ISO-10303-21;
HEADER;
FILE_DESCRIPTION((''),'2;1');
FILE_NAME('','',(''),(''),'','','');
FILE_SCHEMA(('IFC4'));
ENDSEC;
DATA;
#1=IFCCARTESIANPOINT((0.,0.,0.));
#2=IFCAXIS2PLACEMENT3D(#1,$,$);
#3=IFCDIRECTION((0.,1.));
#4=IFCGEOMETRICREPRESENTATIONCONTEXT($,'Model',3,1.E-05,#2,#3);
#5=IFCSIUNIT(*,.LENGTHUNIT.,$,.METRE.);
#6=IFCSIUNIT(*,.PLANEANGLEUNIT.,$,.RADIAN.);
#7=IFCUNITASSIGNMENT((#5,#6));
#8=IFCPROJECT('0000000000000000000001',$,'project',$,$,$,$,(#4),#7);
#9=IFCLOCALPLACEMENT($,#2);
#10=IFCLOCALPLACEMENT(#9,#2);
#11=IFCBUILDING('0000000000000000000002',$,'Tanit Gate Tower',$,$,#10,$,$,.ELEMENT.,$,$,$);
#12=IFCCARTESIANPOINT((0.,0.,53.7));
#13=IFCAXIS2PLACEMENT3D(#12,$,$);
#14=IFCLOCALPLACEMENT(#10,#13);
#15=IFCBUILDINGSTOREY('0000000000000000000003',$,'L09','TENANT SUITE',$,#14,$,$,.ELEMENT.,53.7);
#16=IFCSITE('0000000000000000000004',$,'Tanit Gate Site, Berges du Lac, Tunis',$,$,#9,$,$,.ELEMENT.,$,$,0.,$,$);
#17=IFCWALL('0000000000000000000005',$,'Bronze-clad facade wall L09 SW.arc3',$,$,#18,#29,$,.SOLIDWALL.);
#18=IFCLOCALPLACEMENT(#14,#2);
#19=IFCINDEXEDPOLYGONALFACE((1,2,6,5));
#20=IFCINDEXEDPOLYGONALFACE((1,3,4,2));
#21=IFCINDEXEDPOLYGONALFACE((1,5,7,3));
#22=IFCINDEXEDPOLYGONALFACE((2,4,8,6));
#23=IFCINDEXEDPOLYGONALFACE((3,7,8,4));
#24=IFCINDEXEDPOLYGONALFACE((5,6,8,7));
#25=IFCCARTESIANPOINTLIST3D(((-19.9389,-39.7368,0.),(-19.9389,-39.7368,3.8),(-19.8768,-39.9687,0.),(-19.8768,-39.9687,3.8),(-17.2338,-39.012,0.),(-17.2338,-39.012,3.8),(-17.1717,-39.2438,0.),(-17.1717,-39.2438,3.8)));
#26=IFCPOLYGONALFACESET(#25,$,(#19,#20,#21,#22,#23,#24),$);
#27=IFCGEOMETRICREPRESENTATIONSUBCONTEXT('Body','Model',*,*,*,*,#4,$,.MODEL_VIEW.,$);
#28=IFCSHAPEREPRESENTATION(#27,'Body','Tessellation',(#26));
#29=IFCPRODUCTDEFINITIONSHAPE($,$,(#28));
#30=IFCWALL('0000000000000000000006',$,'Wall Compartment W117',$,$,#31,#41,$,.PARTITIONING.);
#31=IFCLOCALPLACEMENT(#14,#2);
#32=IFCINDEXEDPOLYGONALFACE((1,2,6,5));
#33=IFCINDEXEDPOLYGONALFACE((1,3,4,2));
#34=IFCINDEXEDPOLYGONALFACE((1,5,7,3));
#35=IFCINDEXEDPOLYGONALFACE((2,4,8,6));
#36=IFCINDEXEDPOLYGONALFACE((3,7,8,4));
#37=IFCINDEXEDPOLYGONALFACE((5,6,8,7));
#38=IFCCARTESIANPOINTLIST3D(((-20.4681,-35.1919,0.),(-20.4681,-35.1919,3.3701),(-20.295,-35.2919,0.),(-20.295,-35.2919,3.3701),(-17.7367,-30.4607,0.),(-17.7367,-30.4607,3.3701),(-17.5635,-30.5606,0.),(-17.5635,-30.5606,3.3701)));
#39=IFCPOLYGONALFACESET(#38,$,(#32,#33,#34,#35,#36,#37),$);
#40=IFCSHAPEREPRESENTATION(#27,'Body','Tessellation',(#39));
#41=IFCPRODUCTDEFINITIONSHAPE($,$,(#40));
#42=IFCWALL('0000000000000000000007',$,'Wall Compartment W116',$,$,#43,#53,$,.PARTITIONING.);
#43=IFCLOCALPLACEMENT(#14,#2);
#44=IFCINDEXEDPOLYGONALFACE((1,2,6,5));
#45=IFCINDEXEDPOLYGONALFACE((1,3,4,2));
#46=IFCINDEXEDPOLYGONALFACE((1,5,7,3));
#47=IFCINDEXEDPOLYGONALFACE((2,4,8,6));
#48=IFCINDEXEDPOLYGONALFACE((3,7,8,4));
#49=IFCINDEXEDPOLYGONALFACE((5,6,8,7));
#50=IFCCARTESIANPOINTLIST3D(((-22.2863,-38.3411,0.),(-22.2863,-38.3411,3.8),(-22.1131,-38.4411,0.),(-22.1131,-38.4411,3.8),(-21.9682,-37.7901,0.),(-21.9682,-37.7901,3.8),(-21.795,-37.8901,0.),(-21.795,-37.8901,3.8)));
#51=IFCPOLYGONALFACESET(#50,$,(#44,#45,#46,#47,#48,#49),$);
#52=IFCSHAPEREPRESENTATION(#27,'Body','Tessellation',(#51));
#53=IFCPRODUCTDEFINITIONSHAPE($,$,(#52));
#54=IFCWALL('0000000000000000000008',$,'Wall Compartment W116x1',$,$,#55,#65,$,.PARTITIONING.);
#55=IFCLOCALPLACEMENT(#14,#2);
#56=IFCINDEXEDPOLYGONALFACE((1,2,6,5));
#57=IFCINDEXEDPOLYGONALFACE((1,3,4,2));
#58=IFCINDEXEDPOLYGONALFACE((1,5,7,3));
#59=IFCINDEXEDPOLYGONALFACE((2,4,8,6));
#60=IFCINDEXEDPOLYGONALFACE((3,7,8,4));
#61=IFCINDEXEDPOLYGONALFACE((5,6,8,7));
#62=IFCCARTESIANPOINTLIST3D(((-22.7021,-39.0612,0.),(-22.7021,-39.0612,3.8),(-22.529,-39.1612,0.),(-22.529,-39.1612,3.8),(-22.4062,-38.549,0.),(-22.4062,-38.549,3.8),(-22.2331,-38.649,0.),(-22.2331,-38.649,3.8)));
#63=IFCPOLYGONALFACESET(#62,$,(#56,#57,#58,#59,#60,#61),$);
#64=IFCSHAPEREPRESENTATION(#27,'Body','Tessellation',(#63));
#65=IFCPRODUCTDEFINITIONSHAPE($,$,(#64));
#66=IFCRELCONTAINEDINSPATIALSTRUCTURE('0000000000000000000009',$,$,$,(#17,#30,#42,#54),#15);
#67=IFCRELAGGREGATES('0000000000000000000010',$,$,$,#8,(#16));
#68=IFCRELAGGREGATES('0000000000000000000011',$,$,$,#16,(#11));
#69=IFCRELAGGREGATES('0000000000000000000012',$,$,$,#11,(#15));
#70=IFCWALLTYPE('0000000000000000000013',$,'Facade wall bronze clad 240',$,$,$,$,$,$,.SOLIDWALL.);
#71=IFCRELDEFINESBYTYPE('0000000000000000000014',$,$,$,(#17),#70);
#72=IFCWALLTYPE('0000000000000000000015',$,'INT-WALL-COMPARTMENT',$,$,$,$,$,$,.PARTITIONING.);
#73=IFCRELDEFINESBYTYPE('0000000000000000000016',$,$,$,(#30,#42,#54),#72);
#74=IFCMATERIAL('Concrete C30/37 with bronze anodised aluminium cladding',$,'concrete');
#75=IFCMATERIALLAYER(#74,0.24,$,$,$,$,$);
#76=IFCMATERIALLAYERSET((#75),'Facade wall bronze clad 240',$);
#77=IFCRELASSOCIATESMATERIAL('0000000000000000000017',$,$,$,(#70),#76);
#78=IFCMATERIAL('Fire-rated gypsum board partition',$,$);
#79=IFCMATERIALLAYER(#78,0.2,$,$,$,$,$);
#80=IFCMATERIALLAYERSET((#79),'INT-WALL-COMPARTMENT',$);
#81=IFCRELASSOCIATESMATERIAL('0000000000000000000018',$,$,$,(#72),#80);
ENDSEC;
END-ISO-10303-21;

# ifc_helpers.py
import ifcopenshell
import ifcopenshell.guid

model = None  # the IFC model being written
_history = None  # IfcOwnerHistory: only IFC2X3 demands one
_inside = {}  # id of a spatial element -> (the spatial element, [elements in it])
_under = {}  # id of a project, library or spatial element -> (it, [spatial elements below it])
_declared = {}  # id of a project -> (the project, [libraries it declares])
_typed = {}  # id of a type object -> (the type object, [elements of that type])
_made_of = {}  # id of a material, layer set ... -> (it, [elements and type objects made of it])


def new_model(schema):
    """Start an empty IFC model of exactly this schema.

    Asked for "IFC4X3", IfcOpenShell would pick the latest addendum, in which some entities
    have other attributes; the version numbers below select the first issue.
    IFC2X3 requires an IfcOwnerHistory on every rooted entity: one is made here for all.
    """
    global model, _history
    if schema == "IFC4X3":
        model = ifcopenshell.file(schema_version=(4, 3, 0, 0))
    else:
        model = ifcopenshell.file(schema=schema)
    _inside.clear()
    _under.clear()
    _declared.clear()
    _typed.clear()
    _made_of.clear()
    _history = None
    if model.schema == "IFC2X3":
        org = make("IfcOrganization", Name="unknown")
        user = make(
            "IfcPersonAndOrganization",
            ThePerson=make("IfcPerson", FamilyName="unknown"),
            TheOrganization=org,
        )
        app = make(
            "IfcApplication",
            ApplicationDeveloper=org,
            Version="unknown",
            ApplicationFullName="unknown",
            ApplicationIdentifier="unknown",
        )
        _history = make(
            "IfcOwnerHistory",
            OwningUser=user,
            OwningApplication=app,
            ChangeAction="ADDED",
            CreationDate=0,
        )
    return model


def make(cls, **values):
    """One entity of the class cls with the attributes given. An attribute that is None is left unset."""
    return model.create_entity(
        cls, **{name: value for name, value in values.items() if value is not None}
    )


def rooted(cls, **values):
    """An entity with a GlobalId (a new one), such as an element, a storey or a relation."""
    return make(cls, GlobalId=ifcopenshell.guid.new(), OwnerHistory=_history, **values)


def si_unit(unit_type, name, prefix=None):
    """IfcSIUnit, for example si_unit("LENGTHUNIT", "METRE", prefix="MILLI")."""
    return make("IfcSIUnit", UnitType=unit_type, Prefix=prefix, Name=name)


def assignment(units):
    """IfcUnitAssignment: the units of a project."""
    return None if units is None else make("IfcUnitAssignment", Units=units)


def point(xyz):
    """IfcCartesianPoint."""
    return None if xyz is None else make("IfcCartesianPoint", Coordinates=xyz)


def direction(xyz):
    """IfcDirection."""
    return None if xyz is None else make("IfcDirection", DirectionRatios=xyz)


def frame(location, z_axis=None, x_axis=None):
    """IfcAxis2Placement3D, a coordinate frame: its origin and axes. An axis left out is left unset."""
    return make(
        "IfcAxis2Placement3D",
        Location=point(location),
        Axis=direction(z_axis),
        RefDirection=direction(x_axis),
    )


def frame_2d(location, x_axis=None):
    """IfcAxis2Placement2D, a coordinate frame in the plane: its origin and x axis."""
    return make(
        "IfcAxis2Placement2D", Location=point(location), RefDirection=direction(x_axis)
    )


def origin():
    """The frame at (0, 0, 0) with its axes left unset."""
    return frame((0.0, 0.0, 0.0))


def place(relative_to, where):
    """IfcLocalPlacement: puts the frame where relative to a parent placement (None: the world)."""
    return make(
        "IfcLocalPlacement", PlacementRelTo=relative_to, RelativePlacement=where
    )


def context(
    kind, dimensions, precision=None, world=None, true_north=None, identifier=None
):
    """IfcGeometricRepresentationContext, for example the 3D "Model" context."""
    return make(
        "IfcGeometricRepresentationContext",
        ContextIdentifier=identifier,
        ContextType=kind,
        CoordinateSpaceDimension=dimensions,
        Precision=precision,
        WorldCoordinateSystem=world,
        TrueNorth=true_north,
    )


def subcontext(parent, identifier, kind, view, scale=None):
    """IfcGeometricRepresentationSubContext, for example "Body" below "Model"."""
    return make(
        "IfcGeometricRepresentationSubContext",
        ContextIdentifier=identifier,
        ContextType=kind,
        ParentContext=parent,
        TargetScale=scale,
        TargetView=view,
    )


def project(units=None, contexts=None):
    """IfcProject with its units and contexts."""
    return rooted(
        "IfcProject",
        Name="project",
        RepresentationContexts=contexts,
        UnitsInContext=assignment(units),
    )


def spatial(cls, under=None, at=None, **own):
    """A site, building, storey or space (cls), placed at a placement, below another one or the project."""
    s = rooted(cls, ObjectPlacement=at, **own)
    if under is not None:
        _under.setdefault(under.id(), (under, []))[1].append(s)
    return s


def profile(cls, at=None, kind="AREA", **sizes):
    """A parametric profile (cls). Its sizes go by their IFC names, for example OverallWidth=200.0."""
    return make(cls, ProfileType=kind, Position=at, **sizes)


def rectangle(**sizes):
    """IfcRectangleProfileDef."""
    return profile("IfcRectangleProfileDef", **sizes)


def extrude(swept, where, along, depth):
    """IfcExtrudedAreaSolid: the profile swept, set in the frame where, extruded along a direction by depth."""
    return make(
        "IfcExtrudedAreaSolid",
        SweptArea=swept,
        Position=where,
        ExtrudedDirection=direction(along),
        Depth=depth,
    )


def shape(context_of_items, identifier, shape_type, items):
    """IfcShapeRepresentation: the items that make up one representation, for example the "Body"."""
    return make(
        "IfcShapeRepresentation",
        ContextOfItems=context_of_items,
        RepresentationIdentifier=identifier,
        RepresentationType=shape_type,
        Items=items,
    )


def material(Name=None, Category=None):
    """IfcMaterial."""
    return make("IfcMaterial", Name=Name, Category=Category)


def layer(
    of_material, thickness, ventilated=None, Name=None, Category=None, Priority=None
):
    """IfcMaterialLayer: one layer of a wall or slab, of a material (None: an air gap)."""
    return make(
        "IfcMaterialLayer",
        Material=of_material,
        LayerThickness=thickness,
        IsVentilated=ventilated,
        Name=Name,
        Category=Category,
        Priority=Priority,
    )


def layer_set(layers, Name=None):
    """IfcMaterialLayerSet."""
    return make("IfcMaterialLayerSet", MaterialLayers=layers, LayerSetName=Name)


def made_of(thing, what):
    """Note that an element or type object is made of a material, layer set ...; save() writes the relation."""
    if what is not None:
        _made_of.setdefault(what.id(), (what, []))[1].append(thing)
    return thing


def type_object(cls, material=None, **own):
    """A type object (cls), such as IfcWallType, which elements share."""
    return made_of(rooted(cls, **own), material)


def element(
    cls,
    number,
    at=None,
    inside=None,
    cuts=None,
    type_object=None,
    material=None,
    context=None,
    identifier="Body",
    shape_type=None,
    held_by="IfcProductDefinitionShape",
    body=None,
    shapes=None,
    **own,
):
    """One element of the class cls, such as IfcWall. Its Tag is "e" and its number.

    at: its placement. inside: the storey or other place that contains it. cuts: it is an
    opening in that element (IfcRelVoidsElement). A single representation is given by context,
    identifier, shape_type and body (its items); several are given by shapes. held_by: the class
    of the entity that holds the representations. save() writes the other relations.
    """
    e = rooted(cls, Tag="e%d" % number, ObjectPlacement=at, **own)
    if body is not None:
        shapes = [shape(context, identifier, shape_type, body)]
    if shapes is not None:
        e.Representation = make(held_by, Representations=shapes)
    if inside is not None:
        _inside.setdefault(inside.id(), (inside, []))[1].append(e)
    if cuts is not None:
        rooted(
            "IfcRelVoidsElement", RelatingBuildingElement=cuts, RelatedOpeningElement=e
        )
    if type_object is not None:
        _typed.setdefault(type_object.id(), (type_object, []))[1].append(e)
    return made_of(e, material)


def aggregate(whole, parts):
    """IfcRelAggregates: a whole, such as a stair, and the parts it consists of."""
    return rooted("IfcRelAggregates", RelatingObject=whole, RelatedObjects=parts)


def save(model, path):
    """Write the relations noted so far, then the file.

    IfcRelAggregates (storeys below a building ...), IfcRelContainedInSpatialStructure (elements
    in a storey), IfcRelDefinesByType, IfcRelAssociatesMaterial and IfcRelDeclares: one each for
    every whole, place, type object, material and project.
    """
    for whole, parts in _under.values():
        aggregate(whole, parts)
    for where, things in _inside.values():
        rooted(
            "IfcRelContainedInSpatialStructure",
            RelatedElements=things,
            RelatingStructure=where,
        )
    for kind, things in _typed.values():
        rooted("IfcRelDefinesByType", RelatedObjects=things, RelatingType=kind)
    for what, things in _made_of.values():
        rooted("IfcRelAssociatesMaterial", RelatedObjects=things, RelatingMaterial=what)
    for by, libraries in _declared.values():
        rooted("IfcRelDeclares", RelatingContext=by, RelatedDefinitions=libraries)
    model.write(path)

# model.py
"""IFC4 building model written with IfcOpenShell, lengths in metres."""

from ifc_helpers import new_model, si_unit, direction, frame, frame_2d, origin, place, context, subcontext, project, spatial, rectangle, extrude, material, layer, layer_set, type_object, element, save


model = new_model("IFC4")

# Units and contexts
model_context = context("Model", 3, precision=1e-05, world=origin(), true_north=direction((0.0, 1.0)))
body_context = subcontext(model_context, "Body", "Model", "MODEL_VIEW")
ifc_project = project(units=[si_unit("LENGTHUNIT", "METRE"), si_unit("PLANEANGLEUNIT", "RADIAN")], contexts=[model_context])

# Site, building, storey
site_placement = place(None, origin())
site = spatial("IfcSite", under=ifc_project, at=site_placement, Name="Tanit Gate Site, Berges du Lac, Tunis", CompositionType="ELEMENT", RefElevation=0.0)
building_placement = place(site_placement, origin())
building = spatial("IfcBuilding", under=site, at=building_placement, Name="Tanit Gate Tower", CompositionType="ELEMENT")
storey_placement = place(building_placement, frame((0.0, 0.0, 53.7)))
storey = spatial("IfcBuildingStorey", under=building, at=storey_placement, Name="L09", Description="TENANT SUITE", CompositionType="ELEMENT", Elevation=53.7)

# Walls
ifc_material_1 = material(Name="Concrete C30/37 with bronze anodised aluminium cladding", Category="concrete")
ifc_layer_1 = layer(ifc_material_1, 0.24)
ifc_layer_set_1 = layer_set([ifc_layer_1], Name="Facade wall bronze clad 240")
wall_type_1 = type_object("IfcWallType", Name="Facade wall bronze clad 240", PredefinedType="SOLIDWALL", material=ifc_layer_set_1)
wall_1_placement = place(storey_placement, frame((-19.908, -39.8528, 0.0), z_axis=(0.0, 0.0, 1.0), x_axis=(0.965923, 0.258829, 0.0)))
element("IfcWall", 1, at=wall_1_placement, inside=storey, type_object=wall_type_1, Name="Bronze-clad facade wall L09 SW.arc3", PredefinedType="SOLIDWALL", context=body_context, shape_type="SweptSolid", body=[
    extrude(rectangle(XDim=2.8005, YDim=0.24, at=frame_2d((1.4004, 0.0))), origin(), (0.0, 0.0, 1.0), 3.8),
])
ifc_material_2 = material(Name="Fire-rated gypsum board partition")
ifc_layer_2 = layer(ifc_material_2, 0.2)
ifc_layer_set_2 = layer_set([ifc_layer_2], Name="INT-WALL-COMPARTMENT")
wall_type_2 = type_object("IfcWallType", Name="INT-WALL-COMPARTMENT", PredefinedType="PARTITIONING", material=ifc_layer_set_2)
wall_2_placement = place(storey_placement, frame((-17.6501, -30.5107, 0.0), z_axis=(0.0, 0.0, 1.0), x_axis=(-0.499984, -0.866035, 0.0)))
element("IfcWall", 2, at=wall_2_placement, inside=storey, type_object=wall_type_2, Name="Wall Compartment W117", PredefinedType="PARTITIONING", context=body_context, shape_type="SweptSolid", body=[
    extrude(rectangle(XDim=5.4631, YDim=0.2, at=frame_2d((2.7314, 0.0))), origin(), (0.0, 0.0, 1.0), 3.3701),
])
wall_3_placement = place(storey_placement, frame((-21.8816, -37.8401, 0.0), z_axis=(0.0, 0.0, 1.0), x_axis=(-0.499977, -0.866039, 0.0)))
element("IfcWall", 3, at=wall_3_placement, inside=storey, type_object=wall_type_2, Name="Wall Compartment W116", PredefinedType="PARTITIONING", context=body_context, shape_type="SweptSolid", body=[
    extrude(rectangle(XDim=0.6362, YDim=0.2, at=frame_2d((0.3181, 0.0))), origin(), (0.0, 0.0, 1.0), 3.8),
])
wall_4_placement = place(storey_placement, frame((-22.3196, -38.5989, 0.0), z_axis=(0.0, 0.0, 1.0), x_axis=(-0.500223, -0.865897, 0.0)))
element("IfcWall", 4, at=wall_4_placement, inside=storey, type_object=wall_type_2, Name="Wall Compartment W116x1", PredefinedType="PARTITIONING", context=body_context, shape_type="SweptSolid", body=[
    extrude(rectangle(XDim=0.5916, YDim=0.2, at=frame_2d((0.2959, 0.0))), origin(), (0.0, 0.0, 1.0), 3.8),
])

save(model, "model.ifc")
